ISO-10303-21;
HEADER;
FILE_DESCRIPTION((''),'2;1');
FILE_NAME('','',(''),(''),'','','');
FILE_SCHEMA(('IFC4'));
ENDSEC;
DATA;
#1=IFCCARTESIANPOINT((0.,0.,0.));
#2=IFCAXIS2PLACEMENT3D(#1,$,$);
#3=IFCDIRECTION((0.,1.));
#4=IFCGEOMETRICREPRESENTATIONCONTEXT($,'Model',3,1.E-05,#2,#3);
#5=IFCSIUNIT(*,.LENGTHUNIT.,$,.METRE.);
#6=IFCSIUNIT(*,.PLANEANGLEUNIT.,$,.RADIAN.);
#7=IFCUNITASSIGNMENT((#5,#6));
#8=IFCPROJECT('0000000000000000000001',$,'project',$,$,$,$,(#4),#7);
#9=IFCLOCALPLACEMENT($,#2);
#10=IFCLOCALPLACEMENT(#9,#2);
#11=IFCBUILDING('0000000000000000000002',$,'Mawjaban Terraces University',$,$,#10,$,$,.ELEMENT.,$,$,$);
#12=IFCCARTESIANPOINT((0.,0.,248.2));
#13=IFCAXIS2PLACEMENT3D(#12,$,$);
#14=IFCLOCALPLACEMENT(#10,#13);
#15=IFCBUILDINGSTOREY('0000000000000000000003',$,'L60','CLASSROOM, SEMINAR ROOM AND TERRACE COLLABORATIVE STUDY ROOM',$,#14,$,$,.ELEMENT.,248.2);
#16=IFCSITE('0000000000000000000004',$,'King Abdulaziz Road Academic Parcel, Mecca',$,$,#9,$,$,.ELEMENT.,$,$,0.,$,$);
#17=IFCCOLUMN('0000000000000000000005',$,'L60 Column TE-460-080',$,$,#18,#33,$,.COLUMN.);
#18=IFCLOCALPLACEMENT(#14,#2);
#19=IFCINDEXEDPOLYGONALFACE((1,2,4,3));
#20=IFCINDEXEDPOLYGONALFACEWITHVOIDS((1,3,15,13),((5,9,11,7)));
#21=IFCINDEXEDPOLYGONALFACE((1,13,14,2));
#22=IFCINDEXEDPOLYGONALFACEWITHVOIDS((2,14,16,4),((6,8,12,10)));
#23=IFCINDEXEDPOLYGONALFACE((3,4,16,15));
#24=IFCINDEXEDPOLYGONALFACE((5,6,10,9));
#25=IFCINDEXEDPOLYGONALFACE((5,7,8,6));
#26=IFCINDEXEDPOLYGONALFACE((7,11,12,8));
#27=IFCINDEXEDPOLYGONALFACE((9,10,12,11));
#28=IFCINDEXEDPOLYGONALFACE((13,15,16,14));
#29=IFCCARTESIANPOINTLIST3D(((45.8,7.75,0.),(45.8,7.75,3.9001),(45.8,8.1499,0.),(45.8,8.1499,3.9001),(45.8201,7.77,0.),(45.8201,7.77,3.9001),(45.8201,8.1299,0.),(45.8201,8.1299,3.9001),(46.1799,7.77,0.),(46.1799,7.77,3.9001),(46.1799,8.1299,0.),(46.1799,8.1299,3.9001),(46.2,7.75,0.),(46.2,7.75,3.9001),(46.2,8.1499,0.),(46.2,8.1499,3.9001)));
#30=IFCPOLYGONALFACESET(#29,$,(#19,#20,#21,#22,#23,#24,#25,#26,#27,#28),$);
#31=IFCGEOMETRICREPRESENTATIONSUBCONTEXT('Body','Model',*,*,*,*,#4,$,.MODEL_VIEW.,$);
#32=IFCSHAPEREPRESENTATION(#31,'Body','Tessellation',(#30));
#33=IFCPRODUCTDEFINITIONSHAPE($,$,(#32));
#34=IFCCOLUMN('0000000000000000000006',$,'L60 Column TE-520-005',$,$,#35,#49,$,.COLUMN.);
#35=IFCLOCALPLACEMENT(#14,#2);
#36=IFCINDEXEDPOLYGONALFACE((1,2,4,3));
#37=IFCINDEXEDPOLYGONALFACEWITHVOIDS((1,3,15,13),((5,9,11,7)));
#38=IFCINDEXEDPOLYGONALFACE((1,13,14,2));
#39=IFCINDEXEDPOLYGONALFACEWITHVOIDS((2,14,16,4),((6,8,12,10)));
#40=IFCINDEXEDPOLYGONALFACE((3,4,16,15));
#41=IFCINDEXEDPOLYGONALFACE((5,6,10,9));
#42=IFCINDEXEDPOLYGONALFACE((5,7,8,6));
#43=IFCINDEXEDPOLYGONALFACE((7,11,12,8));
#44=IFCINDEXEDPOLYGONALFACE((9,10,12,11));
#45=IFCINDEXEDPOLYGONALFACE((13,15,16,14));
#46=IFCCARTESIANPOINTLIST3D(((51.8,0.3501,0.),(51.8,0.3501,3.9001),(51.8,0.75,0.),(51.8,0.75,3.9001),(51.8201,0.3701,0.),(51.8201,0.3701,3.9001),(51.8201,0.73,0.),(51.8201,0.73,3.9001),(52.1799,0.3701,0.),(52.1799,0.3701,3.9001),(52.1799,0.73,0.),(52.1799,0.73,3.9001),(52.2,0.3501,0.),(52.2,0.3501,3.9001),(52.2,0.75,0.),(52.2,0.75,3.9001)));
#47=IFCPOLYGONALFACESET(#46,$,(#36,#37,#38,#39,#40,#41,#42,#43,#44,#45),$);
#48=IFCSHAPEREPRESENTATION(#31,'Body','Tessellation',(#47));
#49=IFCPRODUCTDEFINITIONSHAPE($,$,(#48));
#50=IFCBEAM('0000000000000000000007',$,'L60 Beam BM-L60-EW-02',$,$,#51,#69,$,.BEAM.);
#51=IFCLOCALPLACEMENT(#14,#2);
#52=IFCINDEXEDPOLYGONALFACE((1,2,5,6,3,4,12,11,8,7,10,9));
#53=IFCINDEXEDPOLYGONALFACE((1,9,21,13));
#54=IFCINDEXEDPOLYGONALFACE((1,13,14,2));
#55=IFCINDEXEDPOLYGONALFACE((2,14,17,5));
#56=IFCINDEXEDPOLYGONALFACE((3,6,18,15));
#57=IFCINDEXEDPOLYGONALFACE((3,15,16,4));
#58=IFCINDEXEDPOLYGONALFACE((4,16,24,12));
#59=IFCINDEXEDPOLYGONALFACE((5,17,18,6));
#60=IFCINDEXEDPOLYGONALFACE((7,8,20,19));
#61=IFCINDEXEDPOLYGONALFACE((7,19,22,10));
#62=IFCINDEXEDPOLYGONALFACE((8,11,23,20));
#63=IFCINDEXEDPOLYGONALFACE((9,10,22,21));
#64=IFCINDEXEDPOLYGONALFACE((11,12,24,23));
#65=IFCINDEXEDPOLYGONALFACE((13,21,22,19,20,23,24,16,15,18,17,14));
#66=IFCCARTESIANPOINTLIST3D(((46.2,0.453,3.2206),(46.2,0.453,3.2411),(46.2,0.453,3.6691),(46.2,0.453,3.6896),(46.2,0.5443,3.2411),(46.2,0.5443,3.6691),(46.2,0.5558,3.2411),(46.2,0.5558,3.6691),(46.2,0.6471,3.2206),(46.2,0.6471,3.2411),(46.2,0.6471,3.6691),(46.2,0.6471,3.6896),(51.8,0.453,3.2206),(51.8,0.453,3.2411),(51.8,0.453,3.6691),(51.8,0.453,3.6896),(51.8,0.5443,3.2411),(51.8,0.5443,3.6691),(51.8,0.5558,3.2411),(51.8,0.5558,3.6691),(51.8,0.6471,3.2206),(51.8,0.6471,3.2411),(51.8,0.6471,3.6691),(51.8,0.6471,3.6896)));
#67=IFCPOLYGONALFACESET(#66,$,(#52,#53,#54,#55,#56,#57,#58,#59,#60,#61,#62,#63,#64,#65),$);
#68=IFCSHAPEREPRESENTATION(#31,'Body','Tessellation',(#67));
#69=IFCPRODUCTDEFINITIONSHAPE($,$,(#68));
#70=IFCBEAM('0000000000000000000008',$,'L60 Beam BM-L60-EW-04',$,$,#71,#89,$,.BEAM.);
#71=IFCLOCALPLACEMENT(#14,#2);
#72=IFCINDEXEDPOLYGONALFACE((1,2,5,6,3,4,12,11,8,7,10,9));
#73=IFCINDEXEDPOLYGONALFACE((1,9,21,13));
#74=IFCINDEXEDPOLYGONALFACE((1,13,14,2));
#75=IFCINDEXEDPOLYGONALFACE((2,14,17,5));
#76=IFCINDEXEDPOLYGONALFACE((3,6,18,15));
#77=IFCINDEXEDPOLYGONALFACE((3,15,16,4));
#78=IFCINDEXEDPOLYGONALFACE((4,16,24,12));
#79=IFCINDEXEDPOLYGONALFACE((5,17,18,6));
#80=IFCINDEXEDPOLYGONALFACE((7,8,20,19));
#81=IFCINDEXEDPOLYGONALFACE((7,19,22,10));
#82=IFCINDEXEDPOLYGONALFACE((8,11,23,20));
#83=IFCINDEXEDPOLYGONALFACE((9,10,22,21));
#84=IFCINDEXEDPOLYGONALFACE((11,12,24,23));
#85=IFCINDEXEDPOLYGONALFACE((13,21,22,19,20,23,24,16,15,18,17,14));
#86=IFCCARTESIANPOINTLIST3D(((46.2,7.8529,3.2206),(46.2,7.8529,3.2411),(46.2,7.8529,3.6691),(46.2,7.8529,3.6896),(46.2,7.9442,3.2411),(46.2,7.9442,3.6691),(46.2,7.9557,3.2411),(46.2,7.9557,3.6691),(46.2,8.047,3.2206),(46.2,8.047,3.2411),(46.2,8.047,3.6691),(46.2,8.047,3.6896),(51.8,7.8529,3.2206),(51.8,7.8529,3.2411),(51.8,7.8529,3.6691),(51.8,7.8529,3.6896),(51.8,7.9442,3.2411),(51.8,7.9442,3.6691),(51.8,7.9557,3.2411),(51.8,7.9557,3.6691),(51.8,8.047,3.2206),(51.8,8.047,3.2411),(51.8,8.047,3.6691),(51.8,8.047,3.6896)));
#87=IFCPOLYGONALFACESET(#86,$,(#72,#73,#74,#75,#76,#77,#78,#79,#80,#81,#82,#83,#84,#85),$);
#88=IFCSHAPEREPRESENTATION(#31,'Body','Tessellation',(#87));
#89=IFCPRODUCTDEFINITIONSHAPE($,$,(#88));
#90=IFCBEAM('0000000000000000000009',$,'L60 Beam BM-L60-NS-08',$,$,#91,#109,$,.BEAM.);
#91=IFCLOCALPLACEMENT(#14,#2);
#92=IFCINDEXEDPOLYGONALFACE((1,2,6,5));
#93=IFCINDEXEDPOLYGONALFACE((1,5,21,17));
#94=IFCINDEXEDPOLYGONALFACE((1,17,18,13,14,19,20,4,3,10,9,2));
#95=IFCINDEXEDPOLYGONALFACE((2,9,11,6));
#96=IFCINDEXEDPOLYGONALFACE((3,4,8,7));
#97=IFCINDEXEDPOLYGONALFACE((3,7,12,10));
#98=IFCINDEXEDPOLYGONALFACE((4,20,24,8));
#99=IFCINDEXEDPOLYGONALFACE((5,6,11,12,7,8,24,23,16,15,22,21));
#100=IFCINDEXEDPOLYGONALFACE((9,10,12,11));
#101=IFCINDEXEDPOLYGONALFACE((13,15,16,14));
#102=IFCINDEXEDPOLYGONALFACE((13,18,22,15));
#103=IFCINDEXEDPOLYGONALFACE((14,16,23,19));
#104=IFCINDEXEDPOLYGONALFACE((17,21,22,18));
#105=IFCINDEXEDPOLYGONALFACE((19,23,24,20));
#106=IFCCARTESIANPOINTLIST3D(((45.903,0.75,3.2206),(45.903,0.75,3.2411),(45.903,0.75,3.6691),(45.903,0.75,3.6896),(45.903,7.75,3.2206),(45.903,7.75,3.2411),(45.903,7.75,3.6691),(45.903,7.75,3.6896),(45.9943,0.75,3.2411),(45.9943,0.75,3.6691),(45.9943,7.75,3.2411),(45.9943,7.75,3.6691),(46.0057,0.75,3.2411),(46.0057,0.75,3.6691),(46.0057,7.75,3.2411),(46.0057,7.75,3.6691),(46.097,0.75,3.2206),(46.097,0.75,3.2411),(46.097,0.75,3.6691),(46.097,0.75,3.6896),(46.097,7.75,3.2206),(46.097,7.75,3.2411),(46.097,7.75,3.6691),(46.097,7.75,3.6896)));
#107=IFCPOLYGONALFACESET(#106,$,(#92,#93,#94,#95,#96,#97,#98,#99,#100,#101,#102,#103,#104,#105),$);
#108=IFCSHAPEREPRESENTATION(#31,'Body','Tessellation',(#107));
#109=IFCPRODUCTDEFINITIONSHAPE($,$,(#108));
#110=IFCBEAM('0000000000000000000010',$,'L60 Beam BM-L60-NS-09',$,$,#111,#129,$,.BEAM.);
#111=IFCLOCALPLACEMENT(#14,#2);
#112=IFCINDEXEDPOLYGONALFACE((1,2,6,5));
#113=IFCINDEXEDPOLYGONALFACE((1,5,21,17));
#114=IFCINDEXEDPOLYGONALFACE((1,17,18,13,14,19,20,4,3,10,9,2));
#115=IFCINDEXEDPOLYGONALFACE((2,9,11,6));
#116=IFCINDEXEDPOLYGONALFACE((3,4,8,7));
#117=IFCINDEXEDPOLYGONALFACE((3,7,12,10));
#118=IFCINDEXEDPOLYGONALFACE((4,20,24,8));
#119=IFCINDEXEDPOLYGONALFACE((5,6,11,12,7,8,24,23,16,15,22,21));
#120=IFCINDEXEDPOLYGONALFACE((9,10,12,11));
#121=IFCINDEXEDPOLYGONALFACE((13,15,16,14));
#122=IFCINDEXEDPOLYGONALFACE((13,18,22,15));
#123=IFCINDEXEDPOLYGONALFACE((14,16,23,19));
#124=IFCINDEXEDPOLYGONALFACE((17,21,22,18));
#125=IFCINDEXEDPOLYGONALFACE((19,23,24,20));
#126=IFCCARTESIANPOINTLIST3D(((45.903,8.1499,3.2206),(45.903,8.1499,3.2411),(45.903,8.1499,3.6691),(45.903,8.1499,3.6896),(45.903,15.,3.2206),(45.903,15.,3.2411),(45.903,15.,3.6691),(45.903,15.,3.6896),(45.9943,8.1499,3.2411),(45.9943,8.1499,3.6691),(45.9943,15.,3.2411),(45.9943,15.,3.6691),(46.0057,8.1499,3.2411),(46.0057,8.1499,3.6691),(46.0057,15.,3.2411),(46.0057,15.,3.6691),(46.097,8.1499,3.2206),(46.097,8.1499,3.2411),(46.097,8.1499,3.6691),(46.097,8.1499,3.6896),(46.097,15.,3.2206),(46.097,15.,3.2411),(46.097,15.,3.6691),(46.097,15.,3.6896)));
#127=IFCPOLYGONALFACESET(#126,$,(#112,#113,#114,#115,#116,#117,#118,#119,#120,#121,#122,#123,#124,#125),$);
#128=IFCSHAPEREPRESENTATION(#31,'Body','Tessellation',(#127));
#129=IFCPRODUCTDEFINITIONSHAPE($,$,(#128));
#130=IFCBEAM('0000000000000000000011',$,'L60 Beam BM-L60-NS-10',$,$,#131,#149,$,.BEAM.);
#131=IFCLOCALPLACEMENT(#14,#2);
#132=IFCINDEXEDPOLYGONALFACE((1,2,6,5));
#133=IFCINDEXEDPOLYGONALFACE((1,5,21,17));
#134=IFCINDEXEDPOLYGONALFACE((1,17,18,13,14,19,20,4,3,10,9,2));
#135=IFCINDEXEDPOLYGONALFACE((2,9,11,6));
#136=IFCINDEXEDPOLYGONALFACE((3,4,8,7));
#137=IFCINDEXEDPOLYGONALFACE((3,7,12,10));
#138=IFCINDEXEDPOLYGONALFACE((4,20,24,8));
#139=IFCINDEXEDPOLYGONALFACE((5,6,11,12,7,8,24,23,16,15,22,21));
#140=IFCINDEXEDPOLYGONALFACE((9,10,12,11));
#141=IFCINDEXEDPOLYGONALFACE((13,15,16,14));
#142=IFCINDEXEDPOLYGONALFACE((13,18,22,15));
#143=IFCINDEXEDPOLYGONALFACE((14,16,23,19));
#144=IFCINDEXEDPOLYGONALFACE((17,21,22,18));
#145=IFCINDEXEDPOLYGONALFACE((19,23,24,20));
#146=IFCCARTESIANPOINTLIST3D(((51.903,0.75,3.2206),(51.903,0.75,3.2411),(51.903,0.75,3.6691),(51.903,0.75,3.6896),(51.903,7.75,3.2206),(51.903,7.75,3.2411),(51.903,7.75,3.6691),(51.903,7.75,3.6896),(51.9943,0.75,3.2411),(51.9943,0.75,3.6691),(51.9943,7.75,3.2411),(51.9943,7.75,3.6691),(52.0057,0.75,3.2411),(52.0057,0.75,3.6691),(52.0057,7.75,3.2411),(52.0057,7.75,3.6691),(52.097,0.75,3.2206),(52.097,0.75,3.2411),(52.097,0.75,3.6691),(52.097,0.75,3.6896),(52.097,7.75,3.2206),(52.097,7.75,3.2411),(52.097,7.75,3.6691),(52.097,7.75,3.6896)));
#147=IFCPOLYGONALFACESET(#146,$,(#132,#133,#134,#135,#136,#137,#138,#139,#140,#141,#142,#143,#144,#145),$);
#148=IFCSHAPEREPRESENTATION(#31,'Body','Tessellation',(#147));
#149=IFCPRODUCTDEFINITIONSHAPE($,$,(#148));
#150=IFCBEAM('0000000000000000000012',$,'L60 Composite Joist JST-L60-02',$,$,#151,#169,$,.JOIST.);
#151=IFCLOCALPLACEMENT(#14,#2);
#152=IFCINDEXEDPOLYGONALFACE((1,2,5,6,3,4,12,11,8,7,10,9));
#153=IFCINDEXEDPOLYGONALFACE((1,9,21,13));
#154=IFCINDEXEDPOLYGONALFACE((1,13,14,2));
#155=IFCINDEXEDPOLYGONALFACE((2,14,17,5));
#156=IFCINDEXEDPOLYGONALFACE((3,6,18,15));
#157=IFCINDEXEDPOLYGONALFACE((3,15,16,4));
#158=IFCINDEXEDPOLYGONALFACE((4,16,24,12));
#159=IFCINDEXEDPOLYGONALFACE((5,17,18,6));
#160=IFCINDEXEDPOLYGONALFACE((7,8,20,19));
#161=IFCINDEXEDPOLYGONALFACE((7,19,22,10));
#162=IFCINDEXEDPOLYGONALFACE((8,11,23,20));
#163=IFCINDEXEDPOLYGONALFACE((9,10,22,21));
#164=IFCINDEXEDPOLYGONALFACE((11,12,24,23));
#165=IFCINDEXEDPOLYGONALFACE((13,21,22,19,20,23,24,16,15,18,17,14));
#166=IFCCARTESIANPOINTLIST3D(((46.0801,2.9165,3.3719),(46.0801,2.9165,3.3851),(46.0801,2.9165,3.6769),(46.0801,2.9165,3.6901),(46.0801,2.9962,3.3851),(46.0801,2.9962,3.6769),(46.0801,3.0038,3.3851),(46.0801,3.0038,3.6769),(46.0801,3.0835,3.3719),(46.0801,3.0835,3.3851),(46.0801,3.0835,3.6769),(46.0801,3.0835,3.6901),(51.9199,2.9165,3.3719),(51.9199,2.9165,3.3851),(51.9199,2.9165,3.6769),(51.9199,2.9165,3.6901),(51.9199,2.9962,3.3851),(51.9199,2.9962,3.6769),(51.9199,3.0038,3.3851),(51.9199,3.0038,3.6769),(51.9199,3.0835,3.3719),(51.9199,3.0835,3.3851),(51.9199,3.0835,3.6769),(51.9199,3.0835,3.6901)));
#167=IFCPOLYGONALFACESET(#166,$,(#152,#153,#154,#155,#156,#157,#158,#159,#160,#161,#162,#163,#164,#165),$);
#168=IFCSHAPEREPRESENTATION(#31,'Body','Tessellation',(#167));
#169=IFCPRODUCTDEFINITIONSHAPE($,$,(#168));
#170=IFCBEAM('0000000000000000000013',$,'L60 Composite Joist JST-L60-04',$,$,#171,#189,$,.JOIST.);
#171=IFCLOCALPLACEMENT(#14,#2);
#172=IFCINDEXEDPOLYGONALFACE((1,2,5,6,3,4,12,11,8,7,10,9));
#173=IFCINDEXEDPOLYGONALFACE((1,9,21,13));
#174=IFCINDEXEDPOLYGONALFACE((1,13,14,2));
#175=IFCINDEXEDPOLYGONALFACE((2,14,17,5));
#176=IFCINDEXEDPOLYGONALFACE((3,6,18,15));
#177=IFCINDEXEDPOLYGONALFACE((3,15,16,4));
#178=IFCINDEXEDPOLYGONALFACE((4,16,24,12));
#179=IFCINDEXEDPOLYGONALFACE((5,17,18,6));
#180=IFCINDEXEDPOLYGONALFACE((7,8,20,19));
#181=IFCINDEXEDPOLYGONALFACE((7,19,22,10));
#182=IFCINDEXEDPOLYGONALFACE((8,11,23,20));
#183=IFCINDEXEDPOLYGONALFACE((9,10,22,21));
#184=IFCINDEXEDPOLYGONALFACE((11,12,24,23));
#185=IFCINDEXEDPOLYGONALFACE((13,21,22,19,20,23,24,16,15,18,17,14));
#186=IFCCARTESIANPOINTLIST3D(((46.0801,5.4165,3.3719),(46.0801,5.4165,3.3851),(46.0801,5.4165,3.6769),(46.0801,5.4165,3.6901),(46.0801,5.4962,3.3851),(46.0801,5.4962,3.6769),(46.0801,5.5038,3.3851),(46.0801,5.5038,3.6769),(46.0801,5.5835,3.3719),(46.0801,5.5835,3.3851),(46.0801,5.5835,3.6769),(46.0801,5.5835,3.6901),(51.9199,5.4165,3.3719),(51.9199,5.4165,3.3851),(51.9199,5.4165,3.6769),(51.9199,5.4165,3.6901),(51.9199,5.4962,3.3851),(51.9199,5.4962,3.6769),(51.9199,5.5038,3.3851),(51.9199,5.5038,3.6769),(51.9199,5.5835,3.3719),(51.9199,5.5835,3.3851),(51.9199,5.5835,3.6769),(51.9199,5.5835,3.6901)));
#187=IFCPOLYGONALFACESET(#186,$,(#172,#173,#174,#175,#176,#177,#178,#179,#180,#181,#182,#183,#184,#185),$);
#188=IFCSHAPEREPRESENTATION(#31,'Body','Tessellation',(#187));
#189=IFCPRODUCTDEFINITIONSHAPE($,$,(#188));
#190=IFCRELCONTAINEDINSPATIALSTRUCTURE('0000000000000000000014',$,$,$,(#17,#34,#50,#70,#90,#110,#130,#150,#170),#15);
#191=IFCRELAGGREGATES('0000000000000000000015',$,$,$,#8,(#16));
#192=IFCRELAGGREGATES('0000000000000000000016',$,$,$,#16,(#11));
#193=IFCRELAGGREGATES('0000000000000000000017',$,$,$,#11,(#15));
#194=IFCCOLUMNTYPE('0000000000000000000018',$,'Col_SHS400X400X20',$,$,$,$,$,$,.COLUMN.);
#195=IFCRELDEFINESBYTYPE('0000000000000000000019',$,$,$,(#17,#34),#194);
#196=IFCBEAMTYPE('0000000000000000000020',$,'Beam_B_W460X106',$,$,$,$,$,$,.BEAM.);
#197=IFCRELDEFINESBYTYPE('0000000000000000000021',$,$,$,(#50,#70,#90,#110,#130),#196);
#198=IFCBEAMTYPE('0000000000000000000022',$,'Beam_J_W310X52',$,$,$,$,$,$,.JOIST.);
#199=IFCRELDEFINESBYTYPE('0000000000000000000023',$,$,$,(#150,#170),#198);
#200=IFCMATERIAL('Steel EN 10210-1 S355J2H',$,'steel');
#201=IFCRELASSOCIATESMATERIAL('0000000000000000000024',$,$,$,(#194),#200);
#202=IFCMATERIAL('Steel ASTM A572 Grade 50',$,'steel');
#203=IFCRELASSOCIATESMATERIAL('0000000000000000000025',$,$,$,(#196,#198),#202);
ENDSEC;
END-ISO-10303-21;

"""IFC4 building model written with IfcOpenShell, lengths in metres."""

from ifc_helpers import new_model, si_unit, direction, frame, origin, origin_2d, place, context, subcontext, project, spatial, hollow_rectangle, i_section, extrude, material, material_profile, profile_set, type_object, element, save


model = new_model("IFC4")

# Units and contexts
model_context = context("Model", 3, precision=1e-05, world=origin(), true_north=direction((0.0, 1.0)))
body_context = subcontext(model_context, "Body", "Model", "MODEL_VIEW")
ifc_project = project(units=[si_unit("LENGTHUNIT", "METRE"), si_unit("PLANEANGLEUNIT", "RADIAN")], contexts=[model_context])

# Site, building, storey
site_placement = place(None, origin())
site = spatial("IfcSite", under=ifc_project, at=site_placement, Name="King Abdulaziz Road Academic Parcel, Mecca", CompositionType="ELEMENT", RefElevation=0.0)
building_placement = place(site_placement, origin())
building = spatial("IfcBuilding", under=site, at=building_placement, Name="Mawjaban Terraces University", CompositionType="ELEMENT")
storey_placement = place(building_placement, frame((0.0, 0.0, 248.2)))
storey = spatial("IfcBuildingStorey", under=building, at=storey_placement, Name="L60", Description="CLASSROOM, SEMINAR ROOM AND TERRACE COLLABORATIVE STUDY ROOM", CompositionType="ELEMENT", Elevation=248.2)

# Columns
ifc_material_1 = material(Name="Steel EN 10210-1 S355J2H", Category="steel")
ifc_material_profile_1 = material_profile(ifc_material_1, hollow_rectangle(XDim=0.3999, YDim=0.3999, WallThickness=0.02, at=origin_2d()), Name="SHS400X400X20")
ifc_profile_set_1 = profile_set([ifc_material_profile_1], Name="Steel EN 10210-1 S355J2H")
column_type = type_object("IfcColumnType", Name="Col_SHS400X400X20", PredefinedType="COLUMN", material=ifc_profile_set_1)
for number, where, z_axis, x_axis, name in (
    (1, (46.0, 7.95, 0.0), (0.0, 0.0, 1.0), (1.0, 0.0, 0.0), "L60 Column TE-460-080"),
    (2, (52.0, 0.55, 0.0), (0.0, 0.0, 1.0), (1.0, 0.0, 0.0), "L60 Column TE-520-005"),
):
    element("IfcColumn", number, at=place(storey_placement, frame(where, z_axis=z_axis, x_axis=x_axis)), inside=storey, type_object=column_type, Name=name, PredefinedType="COLUMN", context=body_context, shape_type="SweptSolid", body=[
        extrude(hollow_rectangle(XDim=0.3999, YDim=0.3999, WallThickness=0.02, at=origin_2d()), origin(), (0.0, 0.0, 1.0), 3.9001),
    ])

# Beams
ifc_material_2 = material(Name="Steel ASTM A572 Grade 50", Category="steel")
ifc_material_profile_2 = material_profile(ifc_material_2, i_section(OverallWidth=0.1941, OverallDepth=0.469, WebThickness=0.0115, FlangeThickness=0.0205, at=origin_2d()), Name="W460X106")
ifc_profile_set_2 = profile_set([ifc_material_profile_2], Name="Steel ASTM A572 Grade 50")
beam_type_1 = type_object("IfcBeamType", Name="Beam_B_W460X106", PredefinedType="BEAM", material=ifc_profile_set_2)
for number, where, z_axis, x_axis, name in (
    (3, (46.2, 0.55, 3.4551), (1.0, 0.0, 0.0), (0.0, 1.0, 0.0), "L60 Beam BM-L60-EW-02"),
    (4, (46.2, 7.95, 3.4551), (1.0, 0.0, 0.0), (0.0, 1.0, 0.0), "L60 Beam BM-L60-EW-04"),
):
    element("IfcBeam", number, at=place(storey_placement, frame(where, z_axis=z_axis, x_axis=x_axis)), inside=storey, type_object=beam_type_1, Name=name, PredefinedType="BEAM", context=body_context, shape_type="SweptSolid", body=[
        extrude(i_section(OverallWidth=0.1941, OverallDepth=0.469, WebThickness=0.0115, FlangeThickness=0.0205, at=origin_2d()), origin(), (0.0, 0.0, 1.0), 5.6001),
    ])
beam_1_placement = place(storey_placement, frame((46.0, 0.75, 3.4551), z_axis=(0.0, 1.0, 0.0), x_axis=(-1.0, 0.0, 0.0)))
element("IfcBeam", 5, at=beam_1_placement, inside=storey, type_object=beam_type_1, Name="L60 Beam BM-L60-NS-08", PredefinedType="BEAM", context=body_context, shape_type="SweptSolid", body=[
    extrude(i_section(OverallWidth=0.1941, OverallDepth=0.469, WebThickness=0.0115, FlangeThickness=0.0205, at=origin_2d()), origin(), (0.0, 0.0, 1.0), 7.0),
])
beam_2_placement = place(storey_placement, frame((46.0, 8.1499, 3.4551), z_axis=(0.0, 1.0, 0.0), x_axis=(-1.0, 0.0, 0.0)))
element("IfcBeam", 6, at=beam_2_placement, inside=storey, type_object=beam_type_1, Name="L60 Beam BM-L60-NS-09", PredefinedType="BEAM", context=body_context, shape_type="SweptSolid", body=[
    extrude(i_section(OverallWidth=0.1941, OverallDepth=0.469, WebThickness=0.0115, FlangeThickness=0.0205, at=origin_2d()), origin(), (0.0, 0.0, 1.0), 6.8501),
])
beam_3_placement = place(storey_placement, frame((52.0, 0.75, 3.4551), z_axis=(0.0, 1.0, 0.0), x_axis=(-1.0, 0.0, 0.0)))
element("IfcBeam", 7, at=beam_3_placement, inside=storey, type_object=beam_type_1, Name="L60 Beam BM-L60-NS-10", PredefinedType="BEAM", context=body_context, shape_type="SweptSolid", body=[
    extrude(i_section(OverallWidth=0.1941, OverallDepth=0.469, WebThickness=0.0115, FlangeThickness=0.0205, at=origin_2d()), origin(), (0.0, 0.0, 1.0), 7.0),
])
ifc_material_profile_3 = material_profile(ifc_material_2, i_section(OverallWidth=0.167, OverallDepth=0.3181, WebThickness=0.0076, FlangeThickness=0.0132, at=origin_2d()), Name="W310X52")
ifc_profile_set_3 = profile_set([ifc_material_profile_3], Name="Steel ASTM A572 Grade 50")
beam_type_2 = type_object("IfcBeamType", Name="Beam_J_W310X52", PredefinedType="JOIST", material=ifc_profile_set_3)
for number, where, z_axis, x_axis, name in (
    (8, (46.0801, 3.0, 3.531), (1.0, 0.0, 0.0), (0.0, 1.0, 0.0), "L60 Composite Joist JST-L60-02"),
    (9, (46.0801, 5.5, 3.531), (1.0, 0.0, 0.0), (0.0, 1.0, 0.0), "L60 Composite Joist JST-L60-04"),
):
    element("IfcBeam", number, at=place(storey_placement, frame(where, z_axis=z_axis, x_axis=x_axis)), inside=storey, type_object=beam_type_2, Name=name, PredefinedType="JOIST", context=body_context, shape_type="SweptSolid", body=[
        extrude(i_section(OverallWidth=0.167, OverallDepth=0.3181, WebThickness=0.0076, FlangeThickness=0.0132, at=origin_2d()), origin(), (0.0, 0.0, 1.0), 5.8398),
    ])

save(model, "model.ifc")
